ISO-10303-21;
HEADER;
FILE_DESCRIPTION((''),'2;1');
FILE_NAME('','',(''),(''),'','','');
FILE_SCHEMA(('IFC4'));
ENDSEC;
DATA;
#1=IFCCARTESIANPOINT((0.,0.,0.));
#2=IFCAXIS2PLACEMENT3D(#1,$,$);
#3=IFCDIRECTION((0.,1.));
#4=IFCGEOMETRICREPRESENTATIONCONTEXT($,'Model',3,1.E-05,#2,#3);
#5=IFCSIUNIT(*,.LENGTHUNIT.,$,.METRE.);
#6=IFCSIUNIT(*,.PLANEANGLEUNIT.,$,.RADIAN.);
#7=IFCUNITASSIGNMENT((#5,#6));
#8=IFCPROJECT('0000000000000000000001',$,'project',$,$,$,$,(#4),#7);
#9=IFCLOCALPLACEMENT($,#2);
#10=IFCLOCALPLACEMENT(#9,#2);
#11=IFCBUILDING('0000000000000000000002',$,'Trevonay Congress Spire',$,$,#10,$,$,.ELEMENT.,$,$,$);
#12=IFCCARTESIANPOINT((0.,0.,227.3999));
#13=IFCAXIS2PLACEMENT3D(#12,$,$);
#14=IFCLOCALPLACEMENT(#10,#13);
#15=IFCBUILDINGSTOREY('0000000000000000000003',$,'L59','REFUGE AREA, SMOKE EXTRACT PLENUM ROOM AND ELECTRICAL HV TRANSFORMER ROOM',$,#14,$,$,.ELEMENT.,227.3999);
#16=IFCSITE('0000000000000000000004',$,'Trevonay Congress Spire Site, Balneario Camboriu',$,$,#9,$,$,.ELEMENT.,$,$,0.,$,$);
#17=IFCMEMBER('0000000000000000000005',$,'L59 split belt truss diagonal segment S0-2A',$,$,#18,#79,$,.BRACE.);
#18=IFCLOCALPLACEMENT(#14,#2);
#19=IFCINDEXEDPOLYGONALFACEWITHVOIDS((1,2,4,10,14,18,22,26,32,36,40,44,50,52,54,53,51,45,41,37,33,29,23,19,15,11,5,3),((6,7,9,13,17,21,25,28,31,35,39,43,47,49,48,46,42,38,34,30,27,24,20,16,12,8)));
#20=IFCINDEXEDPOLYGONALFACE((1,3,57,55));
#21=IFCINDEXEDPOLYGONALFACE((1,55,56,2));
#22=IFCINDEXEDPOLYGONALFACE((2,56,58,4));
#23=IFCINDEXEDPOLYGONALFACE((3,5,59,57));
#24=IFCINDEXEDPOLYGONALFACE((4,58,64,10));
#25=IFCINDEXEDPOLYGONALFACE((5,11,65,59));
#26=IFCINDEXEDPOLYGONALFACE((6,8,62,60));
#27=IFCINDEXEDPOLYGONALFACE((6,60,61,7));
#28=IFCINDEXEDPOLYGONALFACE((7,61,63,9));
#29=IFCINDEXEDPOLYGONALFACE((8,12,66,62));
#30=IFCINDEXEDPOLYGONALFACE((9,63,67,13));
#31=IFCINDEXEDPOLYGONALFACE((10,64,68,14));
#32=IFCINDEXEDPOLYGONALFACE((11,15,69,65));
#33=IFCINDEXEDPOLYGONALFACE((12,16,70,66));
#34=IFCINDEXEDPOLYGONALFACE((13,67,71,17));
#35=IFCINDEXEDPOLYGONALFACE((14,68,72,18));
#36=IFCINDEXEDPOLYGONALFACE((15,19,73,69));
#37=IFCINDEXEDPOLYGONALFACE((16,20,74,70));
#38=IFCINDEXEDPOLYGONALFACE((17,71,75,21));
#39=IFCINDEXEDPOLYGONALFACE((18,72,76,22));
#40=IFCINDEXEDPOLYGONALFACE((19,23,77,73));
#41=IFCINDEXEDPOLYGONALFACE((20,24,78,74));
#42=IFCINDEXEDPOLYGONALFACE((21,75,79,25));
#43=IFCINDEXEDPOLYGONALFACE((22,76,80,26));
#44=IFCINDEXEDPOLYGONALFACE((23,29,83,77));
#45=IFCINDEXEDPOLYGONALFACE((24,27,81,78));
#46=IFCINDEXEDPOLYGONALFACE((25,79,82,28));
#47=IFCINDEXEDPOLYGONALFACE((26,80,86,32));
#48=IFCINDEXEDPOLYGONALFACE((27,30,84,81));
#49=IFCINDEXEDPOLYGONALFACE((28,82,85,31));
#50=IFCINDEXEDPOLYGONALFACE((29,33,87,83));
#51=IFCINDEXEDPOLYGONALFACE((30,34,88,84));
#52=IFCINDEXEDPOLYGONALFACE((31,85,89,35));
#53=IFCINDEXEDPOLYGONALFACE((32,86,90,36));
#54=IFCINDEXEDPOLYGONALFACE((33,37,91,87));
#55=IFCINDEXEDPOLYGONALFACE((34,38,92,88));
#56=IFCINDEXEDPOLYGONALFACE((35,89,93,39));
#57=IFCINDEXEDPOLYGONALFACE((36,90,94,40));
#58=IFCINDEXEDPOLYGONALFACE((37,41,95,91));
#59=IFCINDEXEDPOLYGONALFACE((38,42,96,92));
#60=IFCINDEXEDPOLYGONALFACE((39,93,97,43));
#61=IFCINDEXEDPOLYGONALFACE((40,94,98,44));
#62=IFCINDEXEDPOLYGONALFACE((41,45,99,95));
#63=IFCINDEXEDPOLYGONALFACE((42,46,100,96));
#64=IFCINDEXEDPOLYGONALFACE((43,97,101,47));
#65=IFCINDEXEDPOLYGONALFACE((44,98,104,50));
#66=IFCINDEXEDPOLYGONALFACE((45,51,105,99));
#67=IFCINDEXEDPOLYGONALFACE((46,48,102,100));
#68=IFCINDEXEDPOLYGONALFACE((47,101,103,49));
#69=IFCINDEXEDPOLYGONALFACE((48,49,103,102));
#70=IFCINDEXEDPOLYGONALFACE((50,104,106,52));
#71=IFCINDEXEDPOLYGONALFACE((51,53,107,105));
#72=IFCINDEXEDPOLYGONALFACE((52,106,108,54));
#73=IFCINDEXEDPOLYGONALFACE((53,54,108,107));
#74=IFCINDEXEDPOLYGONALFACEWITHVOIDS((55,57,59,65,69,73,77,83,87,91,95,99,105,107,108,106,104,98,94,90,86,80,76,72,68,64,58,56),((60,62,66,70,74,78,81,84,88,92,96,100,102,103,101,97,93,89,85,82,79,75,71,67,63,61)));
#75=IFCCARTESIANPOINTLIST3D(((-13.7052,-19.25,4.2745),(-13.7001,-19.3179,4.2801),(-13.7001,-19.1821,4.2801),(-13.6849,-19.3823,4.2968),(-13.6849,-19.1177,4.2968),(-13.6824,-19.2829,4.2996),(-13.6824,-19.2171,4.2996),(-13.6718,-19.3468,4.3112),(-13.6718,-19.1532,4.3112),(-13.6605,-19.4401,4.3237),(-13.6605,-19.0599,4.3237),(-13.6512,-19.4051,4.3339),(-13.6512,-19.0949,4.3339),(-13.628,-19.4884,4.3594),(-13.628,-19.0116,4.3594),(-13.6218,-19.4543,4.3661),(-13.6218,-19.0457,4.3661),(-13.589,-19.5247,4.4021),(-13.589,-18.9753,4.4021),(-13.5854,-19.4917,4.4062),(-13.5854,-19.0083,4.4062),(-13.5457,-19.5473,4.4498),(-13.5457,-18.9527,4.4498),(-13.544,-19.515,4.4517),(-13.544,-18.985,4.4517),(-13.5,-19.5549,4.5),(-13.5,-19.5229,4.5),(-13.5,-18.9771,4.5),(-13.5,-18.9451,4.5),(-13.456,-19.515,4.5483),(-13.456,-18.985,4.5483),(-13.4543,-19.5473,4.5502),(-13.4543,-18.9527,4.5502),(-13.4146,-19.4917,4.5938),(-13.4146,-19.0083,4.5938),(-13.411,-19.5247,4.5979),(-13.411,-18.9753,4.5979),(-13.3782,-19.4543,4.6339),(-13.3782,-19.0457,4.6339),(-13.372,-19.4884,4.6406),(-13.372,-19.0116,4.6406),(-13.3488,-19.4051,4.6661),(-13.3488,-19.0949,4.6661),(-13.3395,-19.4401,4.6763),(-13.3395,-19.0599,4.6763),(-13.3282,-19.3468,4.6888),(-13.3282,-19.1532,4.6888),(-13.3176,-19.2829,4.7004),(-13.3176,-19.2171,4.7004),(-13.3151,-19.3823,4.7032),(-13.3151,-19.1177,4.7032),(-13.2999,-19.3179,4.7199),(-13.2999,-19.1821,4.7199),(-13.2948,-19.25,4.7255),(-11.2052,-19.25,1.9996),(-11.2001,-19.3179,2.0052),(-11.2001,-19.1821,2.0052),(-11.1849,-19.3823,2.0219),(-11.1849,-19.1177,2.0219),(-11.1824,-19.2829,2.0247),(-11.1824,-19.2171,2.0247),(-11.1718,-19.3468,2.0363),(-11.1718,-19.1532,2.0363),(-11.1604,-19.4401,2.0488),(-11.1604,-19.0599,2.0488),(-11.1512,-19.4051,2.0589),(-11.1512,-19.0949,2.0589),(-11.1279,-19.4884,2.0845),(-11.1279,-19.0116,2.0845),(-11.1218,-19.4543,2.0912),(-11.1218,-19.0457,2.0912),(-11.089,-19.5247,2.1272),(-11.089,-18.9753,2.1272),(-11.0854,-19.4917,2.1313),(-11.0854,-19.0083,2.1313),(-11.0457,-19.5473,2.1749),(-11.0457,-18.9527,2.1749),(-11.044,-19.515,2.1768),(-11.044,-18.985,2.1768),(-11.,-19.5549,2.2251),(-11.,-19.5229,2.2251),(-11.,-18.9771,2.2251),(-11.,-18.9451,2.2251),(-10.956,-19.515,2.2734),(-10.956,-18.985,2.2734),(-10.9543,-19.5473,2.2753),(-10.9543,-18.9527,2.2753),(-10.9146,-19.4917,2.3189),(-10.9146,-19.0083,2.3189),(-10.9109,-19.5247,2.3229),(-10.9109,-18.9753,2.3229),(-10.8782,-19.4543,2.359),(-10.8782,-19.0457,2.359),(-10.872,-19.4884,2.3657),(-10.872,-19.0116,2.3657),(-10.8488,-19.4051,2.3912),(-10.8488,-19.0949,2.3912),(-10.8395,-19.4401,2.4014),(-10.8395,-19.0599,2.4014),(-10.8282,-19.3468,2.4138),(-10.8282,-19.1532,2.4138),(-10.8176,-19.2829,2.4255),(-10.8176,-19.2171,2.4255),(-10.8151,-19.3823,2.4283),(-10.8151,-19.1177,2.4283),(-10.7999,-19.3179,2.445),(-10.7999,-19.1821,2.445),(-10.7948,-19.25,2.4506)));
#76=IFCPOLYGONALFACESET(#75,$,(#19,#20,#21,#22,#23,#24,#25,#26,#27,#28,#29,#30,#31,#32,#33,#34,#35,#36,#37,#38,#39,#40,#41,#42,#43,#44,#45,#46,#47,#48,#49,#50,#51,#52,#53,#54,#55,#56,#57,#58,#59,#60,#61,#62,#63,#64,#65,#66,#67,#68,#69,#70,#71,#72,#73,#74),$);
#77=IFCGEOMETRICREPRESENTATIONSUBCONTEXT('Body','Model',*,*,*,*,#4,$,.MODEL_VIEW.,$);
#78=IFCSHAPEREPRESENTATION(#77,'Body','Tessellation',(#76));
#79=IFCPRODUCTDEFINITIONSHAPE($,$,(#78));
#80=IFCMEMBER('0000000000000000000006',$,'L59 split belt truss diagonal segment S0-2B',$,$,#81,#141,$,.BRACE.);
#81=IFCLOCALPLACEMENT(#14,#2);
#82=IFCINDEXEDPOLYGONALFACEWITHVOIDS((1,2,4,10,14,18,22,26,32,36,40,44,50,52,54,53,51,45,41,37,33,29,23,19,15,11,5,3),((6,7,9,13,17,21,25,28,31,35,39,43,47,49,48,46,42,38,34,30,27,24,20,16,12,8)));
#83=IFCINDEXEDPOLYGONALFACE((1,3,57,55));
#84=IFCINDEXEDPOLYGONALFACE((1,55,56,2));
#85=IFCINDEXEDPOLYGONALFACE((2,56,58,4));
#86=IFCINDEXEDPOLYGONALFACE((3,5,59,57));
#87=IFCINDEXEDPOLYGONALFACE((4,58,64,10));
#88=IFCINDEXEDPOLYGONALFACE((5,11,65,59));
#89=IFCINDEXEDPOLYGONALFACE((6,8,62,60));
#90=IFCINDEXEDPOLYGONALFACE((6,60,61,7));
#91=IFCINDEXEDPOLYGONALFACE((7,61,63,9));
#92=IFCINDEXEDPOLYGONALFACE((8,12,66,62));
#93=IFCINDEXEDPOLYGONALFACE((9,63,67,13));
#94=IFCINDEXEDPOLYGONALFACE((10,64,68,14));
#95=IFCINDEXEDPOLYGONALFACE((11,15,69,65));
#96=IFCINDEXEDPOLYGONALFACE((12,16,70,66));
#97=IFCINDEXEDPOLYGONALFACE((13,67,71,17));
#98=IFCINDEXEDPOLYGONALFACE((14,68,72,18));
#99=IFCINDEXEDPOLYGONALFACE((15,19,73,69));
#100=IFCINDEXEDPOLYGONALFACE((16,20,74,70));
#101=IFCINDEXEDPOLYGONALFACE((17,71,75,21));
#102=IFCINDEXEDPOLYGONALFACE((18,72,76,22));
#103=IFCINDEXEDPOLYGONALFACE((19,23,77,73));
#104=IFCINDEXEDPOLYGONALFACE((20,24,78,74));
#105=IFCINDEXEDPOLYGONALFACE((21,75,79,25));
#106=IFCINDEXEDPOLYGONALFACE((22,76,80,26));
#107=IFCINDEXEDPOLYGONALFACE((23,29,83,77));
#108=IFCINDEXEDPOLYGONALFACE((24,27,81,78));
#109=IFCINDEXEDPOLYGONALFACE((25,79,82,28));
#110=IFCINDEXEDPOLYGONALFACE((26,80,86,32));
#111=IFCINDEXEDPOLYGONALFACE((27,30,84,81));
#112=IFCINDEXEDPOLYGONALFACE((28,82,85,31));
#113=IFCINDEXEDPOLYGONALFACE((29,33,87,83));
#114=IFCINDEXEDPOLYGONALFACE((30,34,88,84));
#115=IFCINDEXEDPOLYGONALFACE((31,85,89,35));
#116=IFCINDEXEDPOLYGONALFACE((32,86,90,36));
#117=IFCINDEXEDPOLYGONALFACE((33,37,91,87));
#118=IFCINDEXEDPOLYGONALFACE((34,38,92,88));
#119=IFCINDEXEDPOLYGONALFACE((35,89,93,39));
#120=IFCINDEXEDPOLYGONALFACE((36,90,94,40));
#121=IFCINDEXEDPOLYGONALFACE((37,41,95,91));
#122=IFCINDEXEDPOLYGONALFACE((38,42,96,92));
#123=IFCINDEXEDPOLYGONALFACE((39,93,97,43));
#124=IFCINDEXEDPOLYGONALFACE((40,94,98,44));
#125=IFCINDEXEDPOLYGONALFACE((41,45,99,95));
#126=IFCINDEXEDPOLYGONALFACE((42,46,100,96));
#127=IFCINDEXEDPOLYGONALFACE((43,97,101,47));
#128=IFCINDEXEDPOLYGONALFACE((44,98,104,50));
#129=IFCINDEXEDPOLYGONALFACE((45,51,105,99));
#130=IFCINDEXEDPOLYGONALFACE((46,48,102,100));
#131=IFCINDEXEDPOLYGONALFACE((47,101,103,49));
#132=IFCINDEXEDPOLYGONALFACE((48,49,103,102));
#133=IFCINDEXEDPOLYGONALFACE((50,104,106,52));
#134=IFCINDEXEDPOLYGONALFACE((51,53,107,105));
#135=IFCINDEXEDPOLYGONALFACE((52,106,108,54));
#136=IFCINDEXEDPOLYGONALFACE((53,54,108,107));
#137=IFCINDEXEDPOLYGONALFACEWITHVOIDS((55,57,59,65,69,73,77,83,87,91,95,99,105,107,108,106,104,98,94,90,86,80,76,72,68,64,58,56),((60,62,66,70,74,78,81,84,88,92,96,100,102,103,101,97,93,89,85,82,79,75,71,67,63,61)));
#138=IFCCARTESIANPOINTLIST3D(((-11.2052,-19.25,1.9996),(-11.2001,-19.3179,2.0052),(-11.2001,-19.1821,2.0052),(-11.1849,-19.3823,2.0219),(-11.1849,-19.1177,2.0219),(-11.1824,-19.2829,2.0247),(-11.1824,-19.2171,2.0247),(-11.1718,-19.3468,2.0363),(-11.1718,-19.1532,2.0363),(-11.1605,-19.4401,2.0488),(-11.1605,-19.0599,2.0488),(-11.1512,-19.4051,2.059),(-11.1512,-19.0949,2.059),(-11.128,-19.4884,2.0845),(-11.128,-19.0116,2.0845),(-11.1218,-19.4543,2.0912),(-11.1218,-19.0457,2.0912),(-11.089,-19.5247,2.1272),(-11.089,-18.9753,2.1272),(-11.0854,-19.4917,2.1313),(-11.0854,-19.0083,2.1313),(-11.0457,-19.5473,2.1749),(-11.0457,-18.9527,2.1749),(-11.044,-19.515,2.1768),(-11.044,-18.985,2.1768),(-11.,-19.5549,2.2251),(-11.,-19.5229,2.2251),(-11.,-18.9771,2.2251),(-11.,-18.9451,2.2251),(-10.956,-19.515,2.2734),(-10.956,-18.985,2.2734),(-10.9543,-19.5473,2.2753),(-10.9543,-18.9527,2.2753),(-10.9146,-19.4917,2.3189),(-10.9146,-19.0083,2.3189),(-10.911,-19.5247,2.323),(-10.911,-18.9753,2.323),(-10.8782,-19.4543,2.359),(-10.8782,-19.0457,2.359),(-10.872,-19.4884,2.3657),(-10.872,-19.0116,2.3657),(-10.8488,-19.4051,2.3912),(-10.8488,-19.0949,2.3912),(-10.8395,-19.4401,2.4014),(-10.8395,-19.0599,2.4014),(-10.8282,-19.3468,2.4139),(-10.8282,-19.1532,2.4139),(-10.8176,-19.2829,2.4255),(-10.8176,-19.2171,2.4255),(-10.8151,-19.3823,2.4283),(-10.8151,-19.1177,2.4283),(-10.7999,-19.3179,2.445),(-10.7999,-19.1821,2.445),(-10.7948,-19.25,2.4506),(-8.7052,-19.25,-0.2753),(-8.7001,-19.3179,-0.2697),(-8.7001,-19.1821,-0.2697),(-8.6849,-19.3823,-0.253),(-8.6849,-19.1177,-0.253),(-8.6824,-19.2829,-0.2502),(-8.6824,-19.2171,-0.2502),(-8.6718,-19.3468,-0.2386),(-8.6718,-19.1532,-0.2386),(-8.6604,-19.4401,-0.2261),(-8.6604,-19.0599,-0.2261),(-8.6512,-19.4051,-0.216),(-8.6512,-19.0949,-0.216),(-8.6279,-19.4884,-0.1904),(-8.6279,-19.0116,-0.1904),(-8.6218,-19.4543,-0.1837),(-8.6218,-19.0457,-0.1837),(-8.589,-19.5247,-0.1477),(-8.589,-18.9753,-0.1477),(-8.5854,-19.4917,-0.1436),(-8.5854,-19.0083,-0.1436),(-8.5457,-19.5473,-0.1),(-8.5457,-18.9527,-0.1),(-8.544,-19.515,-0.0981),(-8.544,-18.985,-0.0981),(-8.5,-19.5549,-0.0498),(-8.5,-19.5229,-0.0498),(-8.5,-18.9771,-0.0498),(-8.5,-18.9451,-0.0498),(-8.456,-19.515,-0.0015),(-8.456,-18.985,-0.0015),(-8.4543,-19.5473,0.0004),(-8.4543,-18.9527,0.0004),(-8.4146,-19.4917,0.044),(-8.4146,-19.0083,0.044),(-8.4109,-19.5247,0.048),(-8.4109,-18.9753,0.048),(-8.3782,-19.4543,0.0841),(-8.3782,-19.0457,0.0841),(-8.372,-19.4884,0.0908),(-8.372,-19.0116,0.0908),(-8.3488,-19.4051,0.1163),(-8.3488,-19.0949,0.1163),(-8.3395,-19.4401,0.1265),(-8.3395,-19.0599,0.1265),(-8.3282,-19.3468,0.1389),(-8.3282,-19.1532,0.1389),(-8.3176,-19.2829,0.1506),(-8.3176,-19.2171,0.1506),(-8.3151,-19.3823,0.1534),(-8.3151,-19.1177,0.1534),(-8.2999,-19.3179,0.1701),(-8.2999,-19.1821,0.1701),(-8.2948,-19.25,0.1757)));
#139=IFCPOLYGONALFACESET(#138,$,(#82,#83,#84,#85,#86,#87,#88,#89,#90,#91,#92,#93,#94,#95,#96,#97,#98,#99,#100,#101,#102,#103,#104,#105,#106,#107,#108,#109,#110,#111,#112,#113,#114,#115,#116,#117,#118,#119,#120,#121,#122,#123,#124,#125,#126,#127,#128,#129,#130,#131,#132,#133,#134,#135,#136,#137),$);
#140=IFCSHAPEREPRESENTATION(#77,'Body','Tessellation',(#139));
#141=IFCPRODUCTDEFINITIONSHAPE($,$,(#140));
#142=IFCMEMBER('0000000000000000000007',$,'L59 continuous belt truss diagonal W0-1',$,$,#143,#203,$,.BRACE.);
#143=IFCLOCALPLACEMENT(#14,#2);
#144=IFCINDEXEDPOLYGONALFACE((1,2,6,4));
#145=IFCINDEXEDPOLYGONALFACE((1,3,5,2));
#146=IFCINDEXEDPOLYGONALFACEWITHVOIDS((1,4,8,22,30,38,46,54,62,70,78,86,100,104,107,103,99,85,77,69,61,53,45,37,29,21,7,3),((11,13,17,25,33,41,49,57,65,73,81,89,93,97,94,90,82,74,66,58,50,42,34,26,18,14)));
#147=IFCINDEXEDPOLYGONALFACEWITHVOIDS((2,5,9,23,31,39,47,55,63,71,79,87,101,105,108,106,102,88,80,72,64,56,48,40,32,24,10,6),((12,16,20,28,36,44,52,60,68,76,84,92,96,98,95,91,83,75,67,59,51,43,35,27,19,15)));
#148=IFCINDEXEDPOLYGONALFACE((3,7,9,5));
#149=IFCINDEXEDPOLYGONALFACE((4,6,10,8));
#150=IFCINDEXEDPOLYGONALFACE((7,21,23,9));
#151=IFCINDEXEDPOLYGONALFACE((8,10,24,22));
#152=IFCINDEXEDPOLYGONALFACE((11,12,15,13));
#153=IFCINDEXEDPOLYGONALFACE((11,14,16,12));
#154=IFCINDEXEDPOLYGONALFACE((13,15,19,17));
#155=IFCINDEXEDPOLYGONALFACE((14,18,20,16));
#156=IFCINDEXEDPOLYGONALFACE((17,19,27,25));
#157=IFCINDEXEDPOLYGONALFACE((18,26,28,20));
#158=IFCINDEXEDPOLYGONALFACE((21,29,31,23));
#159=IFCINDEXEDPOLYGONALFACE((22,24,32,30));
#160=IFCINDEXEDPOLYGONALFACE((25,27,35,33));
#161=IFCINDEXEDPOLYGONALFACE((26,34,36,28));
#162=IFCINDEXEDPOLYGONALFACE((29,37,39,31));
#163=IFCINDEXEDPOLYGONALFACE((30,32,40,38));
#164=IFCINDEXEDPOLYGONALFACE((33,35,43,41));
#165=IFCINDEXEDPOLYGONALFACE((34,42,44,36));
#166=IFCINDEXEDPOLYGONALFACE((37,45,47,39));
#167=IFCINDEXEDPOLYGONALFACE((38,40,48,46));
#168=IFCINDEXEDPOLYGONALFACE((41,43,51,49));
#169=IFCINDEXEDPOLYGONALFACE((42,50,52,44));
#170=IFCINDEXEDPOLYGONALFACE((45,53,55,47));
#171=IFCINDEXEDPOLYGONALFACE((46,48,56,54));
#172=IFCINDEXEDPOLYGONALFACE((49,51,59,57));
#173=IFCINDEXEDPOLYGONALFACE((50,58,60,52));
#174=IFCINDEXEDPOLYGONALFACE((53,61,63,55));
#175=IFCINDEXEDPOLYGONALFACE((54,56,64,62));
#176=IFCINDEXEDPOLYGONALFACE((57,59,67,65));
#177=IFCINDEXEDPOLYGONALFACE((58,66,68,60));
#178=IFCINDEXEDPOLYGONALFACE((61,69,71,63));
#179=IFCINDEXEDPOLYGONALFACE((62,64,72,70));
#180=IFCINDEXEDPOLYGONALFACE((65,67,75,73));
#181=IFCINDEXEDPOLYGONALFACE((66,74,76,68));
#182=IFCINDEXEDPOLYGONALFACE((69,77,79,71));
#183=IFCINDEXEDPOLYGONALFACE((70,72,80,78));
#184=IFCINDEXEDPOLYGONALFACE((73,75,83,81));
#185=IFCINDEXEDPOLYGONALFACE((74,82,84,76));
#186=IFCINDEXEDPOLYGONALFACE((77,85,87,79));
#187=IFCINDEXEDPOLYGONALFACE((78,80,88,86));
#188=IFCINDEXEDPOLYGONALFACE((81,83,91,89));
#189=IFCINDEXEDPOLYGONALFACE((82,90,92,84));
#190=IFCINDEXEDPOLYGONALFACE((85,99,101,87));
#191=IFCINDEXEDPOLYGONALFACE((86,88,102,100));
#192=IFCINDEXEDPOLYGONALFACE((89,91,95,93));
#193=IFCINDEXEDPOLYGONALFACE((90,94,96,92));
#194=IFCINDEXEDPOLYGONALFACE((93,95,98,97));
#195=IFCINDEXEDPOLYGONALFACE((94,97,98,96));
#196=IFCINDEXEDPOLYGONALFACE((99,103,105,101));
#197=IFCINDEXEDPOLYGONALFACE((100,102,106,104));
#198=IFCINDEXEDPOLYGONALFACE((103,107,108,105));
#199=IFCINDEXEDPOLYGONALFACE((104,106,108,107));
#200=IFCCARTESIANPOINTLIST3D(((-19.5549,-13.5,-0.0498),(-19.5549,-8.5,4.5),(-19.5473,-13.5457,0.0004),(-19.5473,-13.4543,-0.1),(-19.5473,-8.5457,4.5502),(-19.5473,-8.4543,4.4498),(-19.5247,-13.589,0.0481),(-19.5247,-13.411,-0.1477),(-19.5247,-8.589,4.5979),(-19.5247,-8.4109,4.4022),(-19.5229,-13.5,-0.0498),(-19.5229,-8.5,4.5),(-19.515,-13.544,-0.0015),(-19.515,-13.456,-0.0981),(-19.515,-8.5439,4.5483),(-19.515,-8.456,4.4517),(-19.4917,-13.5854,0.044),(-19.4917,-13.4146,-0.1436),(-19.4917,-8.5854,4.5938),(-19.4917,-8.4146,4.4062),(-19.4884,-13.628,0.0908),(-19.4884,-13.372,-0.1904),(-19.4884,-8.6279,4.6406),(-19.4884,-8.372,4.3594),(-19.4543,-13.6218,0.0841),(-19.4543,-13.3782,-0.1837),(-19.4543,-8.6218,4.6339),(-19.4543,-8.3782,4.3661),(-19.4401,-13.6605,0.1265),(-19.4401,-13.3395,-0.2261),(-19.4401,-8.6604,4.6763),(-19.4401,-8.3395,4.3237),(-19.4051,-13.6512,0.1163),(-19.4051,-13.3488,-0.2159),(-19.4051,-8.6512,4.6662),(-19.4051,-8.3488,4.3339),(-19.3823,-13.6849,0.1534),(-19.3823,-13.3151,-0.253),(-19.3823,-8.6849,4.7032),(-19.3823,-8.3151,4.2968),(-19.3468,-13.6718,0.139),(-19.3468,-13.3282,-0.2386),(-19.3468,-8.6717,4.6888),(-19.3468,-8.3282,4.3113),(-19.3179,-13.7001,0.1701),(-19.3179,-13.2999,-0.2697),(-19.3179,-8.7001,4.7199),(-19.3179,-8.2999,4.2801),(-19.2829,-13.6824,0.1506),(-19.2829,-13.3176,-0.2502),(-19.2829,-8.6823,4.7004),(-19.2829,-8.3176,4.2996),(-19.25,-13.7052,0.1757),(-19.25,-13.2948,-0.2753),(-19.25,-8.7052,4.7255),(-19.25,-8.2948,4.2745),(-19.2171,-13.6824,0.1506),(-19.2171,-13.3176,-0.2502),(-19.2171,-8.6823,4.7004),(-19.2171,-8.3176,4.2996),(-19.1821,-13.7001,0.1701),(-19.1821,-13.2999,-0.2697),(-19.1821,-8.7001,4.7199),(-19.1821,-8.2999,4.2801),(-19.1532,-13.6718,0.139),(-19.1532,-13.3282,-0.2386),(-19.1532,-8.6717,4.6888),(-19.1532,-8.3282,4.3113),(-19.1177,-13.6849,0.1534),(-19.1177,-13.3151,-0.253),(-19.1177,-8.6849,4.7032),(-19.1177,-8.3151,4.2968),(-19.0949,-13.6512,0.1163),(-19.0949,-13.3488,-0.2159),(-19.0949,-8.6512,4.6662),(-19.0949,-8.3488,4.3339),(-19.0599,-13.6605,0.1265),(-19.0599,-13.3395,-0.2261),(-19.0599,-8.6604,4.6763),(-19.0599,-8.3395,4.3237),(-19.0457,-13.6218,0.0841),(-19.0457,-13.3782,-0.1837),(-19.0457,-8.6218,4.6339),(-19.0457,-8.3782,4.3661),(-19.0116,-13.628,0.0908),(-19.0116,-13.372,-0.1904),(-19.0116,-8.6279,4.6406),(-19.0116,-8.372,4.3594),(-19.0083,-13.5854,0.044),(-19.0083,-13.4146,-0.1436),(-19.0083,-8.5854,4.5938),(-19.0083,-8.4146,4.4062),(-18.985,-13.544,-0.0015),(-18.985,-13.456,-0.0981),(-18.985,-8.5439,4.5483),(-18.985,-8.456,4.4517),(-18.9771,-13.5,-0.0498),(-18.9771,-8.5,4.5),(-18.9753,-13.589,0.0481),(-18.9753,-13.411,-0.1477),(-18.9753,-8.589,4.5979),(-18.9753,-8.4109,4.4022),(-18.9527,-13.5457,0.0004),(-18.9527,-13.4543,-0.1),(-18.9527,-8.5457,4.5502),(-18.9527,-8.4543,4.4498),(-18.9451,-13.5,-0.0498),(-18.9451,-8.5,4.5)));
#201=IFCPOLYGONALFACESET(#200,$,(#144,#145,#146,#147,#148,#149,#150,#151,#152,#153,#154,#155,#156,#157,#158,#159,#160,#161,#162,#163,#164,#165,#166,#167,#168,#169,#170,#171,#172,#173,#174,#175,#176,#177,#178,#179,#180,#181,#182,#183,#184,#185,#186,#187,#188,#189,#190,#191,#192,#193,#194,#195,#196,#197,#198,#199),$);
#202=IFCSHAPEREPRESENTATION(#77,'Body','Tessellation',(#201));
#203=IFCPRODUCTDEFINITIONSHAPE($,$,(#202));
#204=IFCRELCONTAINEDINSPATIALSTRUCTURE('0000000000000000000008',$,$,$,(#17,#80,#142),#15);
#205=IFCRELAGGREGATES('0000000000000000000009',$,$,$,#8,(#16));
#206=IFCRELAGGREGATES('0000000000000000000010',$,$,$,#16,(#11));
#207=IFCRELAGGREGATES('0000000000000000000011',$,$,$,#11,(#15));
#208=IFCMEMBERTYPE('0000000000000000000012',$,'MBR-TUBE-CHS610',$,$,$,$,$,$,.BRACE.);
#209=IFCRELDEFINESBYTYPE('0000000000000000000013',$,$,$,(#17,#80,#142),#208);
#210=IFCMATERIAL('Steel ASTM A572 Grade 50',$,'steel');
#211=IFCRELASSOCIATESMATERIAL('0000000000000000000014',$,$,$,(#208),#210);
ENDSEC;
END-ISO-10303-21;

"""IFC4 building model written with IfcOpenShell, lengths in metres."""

from ifc_helpers import new_model, si_unit, direction, frame, origin, origin_2d, place, context, subcontext, project, spatial, hollow_circle, extrude, material, material_profile, profile_set, type_object, element, save


model = new_model("IFC4")

# Units and contexts
model_context = context("Model", 3, precision=1e-05, world=origin(), true_north=direction((0.0, 1.0)))
body_context = subcontext(model_context, "Body", "Model", "MODEL_VIEW")
ifc_project = project(units=[si_unit("LENGTHUNIT", "METRE"), si_unit("PLANEANGLEUNIT", "RADIAN")], contexts=[model_context])

# Site, building, storey
site_placement = place(None, origin())
site = spatial("IfcSite", under=ifc_project, at=site_placement, Name="Trevonay Congress Spire Site, Balneario Camboriu", CompositionType="ELEMENT", RefElevation=0.0)
building_placement = place(site_placement, origin())
building = spatial("IfcBuilding", under=site, at=building_placement, Name="Trevonay Congress Spire", CompositionType="ELEMENT")
storey_placement = place(building_placement, frame((0.0, 0.0, 227.3999)))
storey = spatial("IfcBuildingStorey", under=building, at=storey_placement, Name="L59", Description="REFUGE AREA, SMOKE EXTRACT PLENUM ROOM AND ELECTRICAL HV TRANSFORMER ROOM", CompositionType="ELEMENT", Elevation=227.3999)

# Shared definitions
ifc_material_1 = material(Name="Steel ASTM A572 Grade 50", Category="steel")

# Members
ifc_material_profile_1 = material_profile(ifc_material_1, hollow_circle(Radius=0.3049, WallThickness=0.032, at=origin_2d()), Name="CHS 610x32")
ifc_profile_set_1 = profile_set([ifc_material_profile_1], Name="Steel ASTM A572 Grade 50")
member_type = type_object("IfcMemberType", Name="MBR-TUBE-CHS610", PredefinedType="BRACE", material=ifc_profile_set_1)
for number, where, z_axis, x_axis, name in (
    (1, (-13.5, -19.25, 4.5), (0.73962, 0.0, -0.673025), (0.0, 1.0, 0.0), "L59 split belt truss diagonal segment S0-2A"),
    (2, (-11.0, -19.25, 2.2251), (0.73962, 0.0, -0.673025), (0.0, 1.0, 0.0), "L59 split belt truss diagonal segment S0-2B"),
):
    element("IfcMember", number, at=place(storey_placement, frame(where, z_axis=z_axis, x_axis=x_axis)), inside=storey, type_object=member_type, Name=name, PredefinedType="BRACE", context=body_context, shape_type="SweptSolid", body=[
        extrude(hollow_circle(Radius=0.3049, WallThickness=0.032, at=origin_2d()), origin(), (0.0, 0.0, 1.0), 3.3801),
    ])
member_1_placement = place(storey_placement, frame((-19.25, -13.5, -0.0498), z_axis=(0.0, 0.73962, 0.673025), x_axis=(-1.0, 0.0, 0.0)))
element("IfcMember", 3, at=member_1_placement, inside=storey, type_object=member_type, Name="L59 continuous belt truss diagonal W0-1", PredefinedType="BRACE", context=body_context, shape_type="SweptSolid", body=[
    extrude(hollow_circle(Radius=0.3049, WallThickness=0.032, at=origin_2d()), origin(), (0.0, 0.0, 1.0), 6.7603),
])

save(model, "model.ifc")
